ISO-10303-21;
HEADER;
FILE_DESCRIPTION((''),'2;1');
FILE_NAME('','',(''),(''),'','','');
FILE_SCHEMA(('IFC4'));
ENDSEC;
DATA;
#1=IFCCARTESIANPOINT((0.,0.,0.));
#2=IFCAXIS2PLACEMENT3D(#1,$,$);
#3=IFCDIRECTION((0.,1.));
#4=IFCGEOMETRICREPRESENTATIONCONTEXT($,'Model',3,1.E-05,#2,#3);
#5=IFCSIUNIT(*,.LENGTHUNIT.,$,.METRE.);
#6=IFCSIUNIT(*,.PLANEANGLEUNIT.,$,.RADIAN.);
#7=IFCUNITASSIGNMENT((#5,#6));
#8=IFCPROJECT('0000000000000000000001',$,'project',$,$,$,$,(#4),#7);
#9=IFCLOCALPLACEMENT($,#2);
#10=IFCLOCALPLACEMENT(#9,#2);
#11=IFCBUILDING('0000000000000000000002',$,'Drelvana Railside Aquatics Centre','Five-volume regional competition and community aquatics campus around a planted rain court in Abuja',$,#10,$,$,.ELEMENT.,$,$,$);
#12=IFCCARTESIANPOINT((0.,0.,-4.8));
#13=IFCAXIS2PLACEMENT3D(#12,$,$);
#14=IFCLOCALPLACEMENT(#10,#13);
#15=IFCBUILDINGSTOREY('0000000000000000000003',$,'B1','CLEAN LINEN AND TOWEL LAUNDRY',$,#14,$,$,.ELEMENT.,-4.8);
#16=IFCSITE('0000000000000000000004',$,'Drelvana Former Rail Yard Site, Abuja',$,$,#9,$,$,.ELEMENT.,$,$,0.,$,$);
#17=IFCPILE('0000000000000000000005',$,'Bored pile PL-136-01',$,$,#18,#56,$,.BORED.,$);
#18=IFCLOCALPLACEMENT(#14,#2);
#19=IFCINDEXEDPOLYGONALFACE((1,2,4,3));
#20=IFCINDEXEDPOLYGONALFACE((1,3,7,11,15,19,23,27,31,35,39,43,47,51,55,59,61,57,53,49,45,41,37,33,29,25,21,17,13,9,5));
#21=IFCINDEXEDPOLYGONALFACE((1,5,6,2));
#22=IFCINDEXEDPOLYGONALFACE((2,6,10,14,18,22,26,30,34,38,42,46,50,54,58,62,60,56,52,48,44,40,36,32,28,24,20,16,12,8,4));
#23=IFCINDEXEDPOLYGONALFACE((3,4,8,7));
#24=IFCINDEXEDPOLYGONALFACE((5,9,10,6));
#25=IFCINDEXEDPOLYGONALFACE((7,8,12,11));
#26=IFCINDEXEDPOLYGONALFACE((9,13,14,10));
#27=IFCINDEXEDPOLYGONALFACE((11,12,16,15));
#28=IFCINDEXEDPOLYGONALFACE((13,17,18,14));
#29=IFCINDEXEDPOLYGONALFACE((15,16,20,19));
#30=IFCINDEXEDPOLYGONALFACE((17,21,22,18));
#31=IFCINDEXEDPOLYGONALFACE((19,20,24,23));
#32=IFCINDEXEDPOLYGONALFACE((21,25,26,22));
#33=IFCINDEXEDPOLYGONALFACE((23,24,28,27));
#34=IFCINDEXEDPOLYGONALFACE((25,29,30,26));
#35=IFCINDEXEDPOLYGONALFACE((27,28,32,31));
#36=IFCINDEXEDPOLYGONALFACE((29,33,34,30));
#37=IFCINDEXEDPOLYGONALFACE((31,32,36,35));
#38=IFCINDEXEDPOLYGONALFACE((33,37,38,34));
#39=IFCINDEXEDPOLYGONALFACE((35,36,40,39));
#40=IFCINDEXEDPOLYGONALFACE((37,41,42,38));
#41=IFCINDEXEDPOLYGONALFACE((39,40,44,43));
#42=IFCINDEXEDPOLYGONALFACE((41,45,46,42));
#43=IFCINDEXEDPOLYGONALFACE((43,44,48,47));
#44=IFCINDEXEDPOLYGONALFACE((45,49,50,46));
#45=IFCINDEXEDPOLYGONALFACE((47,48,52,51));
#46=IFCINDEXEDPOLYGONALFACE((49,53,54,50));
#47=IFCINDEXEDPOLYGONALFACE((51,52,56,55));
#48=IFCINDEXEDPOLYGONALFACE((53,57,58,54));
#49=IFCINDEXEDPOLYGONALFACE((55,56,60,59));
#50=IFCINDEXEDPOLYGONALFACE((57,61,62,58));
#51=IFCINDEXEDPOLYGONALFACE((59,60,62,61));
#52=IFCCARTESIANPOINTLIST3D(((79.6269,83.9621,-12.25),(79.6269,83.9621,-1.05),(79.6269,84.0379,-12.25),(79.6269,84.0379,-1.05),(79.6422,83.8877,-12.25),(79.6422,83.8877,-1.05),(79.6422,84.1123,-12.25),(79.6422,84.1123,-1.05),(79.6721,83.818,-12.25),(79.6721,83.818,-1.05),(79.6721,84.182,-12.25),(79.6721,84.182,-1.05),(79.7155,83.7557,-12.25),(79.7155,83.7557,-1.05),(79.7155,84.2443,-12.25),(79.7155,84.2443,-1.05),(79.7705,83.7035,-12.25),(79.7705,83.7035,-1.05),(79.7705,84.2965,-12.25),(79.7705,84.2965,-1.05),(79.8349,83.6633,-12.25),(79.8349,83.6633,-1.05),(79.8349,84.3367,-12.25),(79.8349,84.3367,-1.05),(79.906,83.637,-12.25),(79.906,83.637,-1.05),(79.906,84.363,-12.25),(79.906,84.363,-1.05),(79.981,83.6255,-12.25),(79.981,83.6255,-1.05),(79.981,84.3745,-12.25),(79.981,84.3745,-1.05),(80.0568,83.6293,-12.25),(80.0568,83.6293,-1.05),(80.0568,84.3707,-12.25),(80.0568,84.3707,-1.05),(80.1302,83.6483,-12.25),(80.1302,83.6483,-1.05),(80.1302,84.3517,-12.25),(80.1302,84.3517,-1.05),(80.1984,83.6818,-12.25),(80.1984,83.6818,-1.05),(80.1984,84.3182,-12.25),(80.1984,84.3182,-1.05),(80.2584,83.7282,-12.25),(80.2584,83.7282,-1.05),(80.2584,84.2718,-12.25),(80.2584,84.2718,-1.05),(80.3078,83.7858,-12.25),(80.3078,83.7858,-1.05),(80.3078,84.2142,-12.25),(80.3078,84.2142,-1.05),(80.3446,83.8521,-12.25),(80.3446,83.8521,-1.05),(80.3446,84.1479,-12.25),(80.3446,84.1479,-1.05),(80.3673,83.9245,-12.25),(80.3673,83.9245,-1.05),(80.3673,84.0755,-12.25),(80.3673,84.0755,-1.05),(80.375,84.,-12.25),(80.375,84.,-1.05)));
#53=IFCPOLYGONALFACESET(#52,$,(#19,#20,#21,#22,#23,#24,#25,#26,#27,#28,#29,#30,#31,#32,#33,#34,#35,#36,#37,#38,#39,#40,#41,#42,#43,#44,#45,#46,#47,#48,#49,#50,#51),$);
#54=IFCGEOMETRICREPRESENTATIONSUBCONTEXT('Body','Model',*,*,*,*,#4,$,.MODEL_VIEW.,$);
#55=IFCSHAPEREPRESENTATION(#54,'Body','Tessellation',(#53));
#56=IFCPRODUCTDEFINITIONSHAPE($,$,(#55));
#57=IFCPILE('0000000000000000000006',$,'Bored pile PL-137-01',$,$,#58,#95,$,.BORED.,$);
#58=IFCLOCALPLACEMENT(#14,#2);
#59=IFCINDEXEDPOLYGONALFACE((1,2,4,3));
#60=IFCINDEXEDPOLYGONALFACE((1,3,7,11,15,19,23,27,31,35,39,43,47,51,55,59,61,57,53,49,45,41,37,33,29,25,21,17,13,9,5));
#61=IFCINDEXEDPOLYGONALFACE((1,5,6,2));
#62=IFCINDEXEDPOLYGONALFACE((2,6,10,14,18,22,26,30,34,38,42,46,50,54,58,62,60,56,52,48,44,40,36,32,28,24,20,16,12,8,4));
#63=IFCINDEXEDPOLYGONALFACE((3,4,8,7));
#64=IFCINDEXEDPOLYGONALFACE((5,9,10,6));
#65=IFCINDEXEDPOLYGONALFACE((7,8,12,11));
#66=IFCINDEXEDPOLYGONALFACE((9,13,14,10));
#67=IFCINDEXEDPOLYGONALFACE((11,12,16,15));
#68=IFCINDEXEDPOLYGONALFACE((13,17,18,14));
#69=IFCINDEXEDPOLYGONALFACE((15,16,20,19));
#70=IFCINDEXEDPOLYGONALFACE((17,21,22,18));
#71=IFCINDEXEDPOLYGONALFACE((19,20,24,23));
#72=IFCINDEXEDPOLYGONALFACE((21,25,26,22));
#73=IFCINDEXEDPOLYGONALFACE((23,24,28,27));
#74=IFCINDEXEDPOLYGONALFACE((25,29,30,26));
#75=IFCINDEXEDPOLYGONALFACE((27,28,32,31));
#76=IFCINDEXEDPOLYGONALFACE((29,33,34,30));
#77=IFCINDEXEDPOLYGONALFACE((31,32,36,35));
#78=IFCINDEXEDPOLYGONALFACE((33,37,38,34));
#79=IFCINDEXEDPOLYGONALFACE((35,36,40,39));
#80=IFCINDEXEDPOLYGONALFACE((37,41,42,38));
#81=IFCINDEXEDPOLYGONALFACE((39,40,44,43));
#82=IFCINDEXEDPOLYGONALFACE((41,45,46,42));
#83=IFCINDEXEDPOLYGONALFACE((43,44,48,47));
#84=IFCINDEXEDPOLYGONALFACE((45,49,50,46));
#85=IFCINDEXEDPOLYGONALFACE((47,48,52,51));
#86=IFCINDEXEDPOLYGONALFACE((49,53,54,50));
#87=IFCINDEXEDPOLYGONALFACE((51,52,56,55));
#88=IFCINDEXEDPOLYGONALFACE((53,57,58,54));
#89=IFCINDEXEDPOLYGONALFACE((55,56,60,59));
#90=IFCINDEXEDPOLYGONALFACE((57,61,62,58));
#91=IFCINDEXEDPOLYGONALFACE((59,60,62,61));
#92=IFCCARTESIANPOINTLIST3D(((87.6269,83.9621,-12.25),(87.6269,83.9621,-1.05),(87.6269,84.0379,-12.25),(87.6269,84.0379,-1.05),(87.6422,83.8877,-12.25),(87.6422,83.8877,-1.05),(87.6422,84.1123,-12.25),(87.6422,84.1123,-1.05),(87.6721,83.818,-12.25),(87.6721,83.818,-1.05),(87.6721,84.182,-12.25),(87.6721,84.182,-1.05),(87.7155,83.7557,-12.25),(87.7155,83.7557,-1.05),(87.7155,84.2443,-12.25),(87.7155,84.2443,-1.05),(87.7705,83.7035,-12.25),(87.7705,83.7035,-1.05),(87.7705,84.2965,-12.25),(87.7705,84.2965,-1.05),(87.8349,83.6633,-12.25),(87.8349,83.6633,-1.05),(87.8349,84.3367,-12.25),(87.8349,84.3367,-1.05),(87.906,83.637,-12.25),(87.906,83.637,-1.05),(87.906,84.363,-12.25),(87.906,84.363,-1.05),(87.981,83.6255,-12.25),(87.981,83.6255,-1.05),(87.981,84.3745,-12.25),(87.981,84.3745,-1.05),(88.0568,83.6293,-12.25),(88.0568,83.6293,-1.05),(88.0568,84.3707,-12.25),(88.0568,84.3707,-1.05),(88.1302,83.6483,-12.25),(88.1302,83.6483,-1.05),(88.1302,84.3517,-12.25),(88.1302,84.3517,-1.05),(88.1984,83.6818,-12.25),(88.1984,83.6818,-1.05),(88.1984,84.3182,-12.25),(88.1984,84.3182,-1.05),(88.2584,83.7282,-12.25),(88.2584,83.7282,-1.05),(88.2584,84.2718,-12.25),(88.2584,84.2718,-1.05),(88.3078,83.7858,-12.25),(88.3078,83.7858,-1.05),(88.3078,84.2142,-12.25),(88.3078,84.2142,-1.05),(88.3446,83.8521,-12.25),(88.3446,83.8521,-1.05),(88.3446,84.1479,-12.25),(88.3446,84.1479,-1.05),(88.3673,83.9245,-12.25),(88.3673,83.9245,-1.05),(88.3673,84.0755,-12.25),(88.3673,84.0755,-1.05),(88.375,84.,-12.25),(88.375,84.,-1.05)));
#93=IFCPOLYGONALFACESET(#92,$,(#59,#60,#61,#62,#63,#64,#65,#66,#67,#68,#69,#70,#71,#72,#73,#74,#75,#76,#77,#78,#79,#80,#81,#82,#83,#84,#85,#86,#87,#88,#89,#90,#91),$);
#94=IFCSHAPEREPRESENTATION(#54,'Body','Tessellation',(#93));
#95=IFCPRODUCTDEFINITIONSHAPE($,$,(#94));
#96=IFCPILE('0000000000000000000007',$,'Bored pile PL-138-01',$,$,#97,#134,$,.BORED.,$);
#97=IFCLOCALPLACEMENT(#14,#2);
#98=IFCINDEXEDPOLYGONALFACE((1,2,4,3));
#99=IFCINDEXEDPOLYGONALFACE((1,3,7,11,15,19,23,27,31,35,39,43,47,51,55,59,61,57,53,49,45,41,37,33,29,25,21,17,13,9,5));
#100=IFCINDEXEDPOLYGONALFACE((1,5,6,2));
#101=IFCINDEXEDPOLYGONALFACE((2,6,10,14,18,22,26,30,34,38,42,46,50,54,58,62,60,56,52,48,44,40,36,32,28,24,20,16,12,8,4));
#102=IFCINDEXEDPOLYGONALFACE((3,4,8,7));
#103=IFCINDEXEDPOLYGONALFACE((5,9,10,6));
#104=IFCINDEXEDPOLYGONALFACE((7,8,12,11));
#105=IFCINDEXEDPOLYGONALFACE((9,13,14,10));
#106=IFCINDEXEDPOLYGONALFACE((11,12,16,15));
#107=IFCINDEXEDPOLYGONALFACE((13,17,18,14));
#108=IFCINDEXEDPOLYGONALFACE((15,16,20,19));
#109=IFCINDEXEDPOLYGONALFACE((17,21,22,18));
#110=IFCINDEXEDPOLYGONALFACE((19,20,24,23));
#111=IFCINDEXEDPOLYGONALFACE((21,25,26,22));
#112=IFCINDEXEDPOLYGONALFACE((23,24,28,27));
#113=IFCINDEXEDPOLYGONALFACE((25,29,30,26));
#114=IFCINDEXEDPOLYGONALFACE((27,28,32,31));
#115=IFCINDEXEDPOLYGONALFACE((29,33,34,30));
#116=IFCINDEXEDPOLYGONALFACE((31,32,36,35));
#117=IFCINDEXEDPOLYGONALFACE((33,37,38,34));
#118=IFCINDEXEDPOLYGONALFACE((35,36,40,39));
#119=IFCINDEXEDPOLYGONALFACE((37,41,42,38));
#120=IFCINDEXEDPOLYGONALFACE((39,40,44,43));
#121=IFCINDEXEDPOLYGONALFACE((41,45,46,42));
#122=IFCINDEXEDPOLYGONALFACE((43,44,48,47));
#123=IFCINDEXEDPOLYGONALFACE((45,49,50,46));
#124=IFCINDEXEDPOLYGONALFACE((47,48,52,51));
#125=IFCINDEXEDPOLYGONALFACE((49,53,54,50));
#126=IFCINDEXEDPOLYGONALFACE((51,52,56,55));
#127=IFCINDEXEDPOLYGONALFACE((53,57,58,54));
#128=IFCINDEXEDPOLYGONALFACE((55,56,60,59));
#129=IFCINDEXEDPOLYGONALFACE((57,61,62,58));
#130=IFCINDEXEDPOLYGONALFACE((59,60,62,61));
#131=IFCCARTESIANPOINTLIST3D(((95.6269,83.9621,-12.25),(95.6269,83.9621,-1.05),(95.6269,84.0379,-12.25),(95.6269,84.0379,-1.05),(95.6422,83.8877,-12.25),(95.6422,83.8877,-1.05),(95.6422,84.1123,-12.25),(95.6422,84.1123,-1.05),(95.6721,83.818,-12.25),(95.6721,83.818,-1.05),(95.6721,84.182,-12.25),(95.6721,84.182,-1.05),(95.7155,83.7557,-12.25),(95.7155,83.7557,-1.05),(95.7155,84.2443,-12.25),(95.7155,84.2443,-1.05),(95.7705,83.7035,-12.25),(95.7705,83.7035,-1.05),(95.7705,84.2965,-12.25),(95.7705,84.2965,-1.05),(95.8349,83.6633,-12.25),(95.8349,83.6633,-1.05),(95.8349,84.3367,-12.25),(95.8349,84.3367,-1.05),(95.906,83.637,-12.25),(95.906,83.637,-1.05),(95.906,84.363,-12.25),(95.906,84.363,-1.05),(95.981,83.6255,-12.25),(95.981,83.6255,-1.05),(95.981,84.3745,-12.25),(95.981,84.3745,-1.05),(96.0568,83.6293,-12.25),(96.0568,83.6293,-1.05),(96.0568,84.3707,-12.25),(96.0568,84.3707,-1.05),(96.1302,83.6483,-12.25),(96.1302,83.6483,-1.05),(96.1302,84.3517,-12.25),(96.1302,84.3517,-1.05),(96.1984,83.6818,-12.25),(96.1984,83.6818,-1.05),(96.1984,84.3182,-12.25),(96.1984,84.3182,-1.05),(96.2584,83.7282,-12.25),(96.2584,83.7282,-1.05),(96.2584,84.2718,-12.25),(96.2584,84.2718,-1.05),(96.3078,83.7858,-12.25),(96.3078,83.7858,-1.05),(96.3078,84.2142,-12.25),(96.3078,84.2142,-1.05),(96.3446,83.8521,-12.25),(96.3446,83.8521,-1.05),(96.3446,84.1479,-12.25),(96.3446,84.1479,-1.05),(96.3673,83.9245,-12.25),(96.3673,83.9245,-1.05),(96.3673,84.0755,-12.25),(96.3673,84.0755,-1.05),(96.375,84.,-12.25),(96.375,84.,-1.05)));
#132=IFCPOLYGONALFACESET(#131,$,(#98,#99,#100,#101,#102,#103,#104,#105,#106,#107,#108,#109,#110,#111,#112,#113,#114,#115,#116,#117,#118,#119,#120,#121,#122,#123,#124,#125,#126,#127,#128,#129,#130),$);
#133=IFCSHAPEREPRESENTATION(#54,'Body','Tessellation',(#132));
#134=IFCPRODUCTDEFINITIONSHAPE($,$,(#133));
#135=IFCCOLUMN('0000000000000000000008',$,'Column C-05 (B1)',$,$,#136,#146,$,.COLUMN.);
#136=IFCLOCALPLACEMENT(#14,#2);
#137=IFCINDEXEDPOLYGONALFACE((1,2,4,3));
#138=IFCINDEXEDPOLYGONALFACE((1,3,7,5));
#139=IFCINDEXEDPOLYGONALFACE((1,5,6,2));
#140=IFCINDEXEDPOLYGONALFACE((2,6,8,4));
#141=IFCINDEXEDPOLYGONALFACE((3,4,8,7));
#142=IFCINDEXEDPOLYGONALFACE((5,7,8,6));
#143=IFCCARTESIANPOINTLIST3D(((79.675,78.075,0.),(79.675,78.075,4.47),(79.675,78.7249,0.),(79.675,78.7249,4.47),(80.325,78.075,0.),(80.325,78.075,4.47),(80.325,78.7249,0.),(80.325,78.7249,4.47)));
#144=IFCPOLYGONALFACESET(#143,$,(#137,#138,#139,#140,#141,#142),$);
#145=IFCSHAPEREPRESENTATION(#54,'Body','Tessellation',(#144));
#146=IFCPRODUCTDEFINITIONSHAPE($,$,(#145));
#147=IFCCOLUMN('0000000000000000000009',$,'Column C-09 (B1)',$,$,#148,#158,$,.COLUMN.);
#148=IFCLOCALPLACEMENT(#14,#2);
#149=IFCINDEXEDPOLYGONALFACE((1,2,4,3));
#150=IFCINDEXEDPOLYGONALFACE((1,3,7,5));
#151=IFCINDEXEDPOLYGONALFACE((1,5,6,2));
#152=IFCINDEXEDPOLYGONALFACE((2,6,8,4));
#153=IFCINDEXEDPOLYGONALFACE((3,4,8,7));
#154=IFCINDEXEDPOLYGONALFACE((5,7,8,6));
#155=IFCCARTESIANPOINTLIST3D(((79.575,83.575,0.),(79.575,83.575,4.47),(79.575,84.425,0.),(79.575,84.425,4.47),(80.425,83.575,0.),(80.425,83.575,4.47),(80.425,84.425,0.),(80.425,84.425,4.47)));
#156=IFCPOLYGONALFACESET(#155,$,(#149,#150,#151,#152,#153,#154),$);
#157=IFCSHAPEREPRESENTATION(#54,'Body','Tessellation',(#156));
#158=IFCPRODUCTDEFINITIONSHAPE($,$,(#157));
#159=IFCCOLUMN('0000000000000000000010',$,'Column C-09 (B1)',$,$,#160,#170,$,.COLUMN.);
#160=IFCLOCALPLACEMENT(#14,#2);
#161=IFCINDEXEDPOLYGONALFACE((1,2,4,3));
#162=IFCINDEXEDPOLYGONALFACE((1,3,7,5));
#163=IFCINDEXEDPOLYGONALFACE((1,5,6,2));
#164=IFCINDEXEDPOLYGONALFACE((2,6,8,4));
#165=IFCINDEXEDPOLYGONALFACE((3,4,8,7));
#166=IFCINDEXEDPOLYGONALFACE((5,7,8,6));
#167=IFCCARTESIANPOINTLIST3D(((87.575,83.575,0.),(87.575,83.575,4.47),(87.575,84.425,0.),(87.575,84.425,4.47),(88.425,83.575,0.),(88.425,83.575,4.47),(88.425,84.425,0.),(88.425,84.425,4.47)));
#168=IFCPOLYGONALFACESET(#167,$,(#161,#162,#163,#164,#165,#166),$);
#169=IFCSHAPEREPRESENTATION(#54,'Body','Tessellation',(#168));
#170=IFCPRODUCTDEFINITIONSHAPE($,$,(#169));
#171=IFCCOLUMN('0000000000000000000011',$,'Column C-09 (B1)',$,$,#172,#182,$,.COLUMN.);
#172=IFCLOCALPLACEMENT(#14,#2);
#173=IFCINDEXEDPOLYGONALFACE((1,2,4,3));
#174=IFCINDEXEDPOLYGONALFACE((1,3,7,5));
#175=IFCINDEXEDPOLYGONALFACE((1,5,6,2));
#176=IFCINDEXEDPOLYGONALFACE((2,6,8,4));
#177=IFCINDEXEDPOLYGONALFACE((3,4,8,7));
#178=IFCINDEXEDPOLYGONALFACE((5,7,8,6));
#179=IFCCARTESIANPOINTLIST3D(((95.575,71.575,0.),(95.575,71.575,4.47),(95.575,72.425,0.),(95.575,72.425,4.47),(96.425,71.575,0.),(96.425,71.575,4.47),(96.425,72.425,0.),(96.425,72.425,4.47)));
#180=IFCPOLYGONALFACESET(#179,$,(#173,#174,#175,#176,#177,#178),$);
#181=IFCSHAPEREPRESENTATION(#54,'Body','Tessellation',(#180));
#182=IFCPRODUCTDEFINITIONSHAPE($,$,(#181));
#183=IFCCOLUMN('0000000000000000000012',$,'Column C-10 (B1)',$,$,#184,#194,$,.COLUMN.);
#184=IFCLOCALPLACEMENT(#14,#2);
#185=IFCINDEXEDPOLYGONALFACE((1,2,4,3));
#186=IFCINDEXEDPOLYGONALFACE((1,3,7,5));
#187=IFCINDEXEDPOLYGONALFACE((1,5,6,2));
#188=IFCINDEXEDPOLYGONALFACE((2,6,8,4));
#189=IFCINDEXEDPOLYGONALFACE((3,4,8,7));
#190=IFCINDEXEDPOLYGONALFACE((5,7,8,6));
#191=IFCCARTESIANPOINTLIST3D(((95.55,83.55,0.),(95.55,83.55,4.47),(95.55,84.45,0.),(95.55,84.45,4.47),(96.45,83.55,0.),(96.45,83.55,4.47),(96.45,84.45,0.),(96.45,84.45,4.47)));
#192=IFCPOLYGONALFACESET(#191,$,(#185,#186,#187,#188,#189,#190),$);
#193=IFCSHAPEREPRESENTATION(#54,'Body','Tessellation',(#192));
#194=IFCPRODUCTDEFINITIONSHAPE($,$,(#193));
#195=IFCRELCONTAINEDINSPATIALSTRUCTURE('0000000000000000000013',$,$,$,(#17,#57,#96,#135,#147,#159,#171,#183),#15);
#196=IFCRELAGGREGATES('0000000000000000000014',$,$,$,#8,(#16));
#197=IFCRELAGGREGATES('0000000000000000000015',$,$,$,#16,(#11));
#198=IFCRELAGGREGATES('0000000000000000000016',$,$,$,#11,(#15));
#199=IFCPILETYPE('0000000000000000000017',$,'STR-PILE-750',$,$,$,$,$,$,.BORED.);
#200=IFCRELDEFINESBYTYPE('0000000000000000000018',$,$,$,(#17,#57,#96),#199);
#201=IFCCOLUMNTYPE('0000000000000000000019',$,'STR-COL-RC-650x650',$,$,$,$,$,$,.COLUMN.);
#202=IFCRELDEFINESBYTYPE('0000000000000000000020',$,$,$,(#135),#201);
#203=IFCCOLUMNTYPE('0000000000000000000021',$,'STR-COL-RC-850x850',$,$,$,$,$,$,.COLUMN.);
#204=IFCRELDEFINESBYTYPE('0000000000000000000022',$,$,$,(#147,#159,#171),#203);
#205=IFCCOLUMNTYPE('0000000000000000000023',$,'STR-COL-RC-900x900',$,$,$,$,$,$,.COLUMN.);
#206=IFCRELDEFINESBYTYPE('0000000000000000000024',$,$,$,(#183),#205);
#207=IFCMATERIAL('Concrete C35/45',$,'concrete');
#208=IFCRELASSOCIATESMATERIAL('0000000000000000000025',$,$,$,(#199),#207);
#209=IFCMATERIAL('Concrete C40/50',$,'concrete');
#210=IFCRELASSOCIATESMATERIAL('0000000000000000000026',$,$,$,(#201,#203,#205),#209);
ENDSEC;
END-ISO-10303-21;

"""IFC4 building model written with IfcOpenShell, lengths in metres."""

from ifc_helpers import new_model, si_unit, direction, frame, origin, origin_2d, place, context, subcontext, project, spatial, rectangle, circle, extrude, material, material_profile, profile_set, type_object, element, save


model = new_model("IFC4")

# Units and contexts
model_context = context("Model", 3, precision=1e-05, world=origin(), true_north=direction((0.0, 1.0)))
body_context = subcontext(model_context, "Body", "Model", "MODEL_VIEW")
ifc_project = project(units=[si_unit("LENGTHUNIT", "METRE"), si_unit("PLANEANGLEUNIT", "RADIAN")], contexts=[model_context])

# Site, building, storey
site_placement = place(None, origin())
site = spatial("IfcSite", under=ifc_project, at=site_placement, Name="Drelvana Former Rail Yard Site, Abuja", CompositionType="ELEMENT", RefElevation=0.0)
building_placement = place(site_placement, origin())
building = spatial("IfcBuilding", under=site, at=building_placement, Name="Drelvana Railside Aquatics Centre", Description="Five-volume regional competition and community aquatics campus around a planted rain court in Abuja", CompositionType="ELEMENT")
storey_placement = place(building_placement, frame((0.0, 0.0, -4.8)))
storey = spatial("IfcBuildingStorey", under=building, at=storey_placement, Name="B1", Description="CLEAN LINEN AND TOWEL LAUNDRY", CompositionType="ELEMENT", Elevation=-4.8)

# Shared definitions
ifc_material_1 = material(Name="Concrete C35/45", Category="concrete")

# Piles
ifc_material_profile_1 = material_profile(ifc_material_1, circle(Radius=0.375, at=origin_2d()), Name="PILE D750")
ifc_profile_set_1 = profile_set([ifc_material_profile_1], Name="Concrete C35/45")
pile_type = type_object("IfcPileType", Name="STR-PILE-750", PredefinedType="BORED", material=ifc_profile_set_1)
for number, where, z_axis, x_axis, name in (
    (1, (80.0, 84.0, -1.05), (0.0, 0.0, -1.0), (1.0, 0.0, 0.0), "Bored pile PL-136-01"),
    (2, (88.0, 84.0, -1.05), (0.0, 0.0, -1.0), (1.0, 0.0, 0.0), "Bored pile PL-137-01"),
    (3, (96.0, 84.0, -1.05), (0.0, 0.0, -1.0), (1.0, 0.0, 0.0), "Bored pile PL-138-01"),
):
    element("IfcPile", number, at=place(storey_placement, frame(where, z_axis=z_axis, x_axis=x_axis)), inside=storey, type_object=pile_type, Name=name, PredefinedType="BORED", context=body_context, shape_type="SweptSolid", body=[
        extrude(circle(Radius=0.375, at=origin_2d()), origin(), (0.0, 0.0, 1.0), 11.2),
    ])

# Columns
ifc_material_2 = material(Name="Concrete C40/50", Category="concrete")
ifc_material_profile_2 = material_profile(ifc_material_2, rectangle(XDim=0.6499, YDim=0.6499, at=origin_2d()), Name="RC 650x650")
ifc_profile_set_2 = profile_set([ifc_material_profile_2], Name="Concrete C40/50")
column_type_1 = type_object("IfcColumnType", Name="STR-COL-RC-650x650", PredefinedType="COLUMN", material=ifc_profile_set_2)
column_1_placement = place(storey_placement, frame((80.0, 78.3999, 0.0), z_axis=(0.0, 0.0, 1.0), x_axis=(1.0, 0.0, 0.0)))
element("IfcColumn", 4, at=column_1_placement, inside=storey, type_object=column_type_1, Name="Column C-05 (B1)", PredefinedType="COLUMN", context=body_context, shape_type="SweptSolid", body=[
    extrude(rectangle(XDim=0.6499, YDim=0.6499, at=origin_2d()), origin(), (0.0, 0.0, 1.0), 4.47),
])
ifc_material_profile_3 = material_profile(ifc_material_2, rectangle(XDim=0.8501, YDim=0.8501, at=origin_2d()), Name="RC 850x850")
ifc_profile_set_3 = profile_set([ifc_material_profile_3], Name="Concrete C40/50")
column_type_2 = type_object("IfcColumnType", Name="STR-COL-RC-850x850", PredefinedType="COLUMN", material=ifc_profile_set_3)
for number, where, z_axis, x_axis, name in (
    (5, (80.0, 84.0, 0.0), (0.0, 0.0, 1.0), (1.0, 0.0, 0.0), "Column C-09 (B1)"),
    (6, (88.0, 84.0, 0.0), (0.0, 0.0, 1.0), (1.0, 0.0, 0.0), "Column C-09 (B1)"),
    (7, (96.0, 72.0, 0.0), (0.0, 0.0, 1.0), (1.0, 0.0, 0.0), "Column C-09 (B1)"),
):
    element("IfcColumn", number, at=place(storey_placement, frame(where, z_axis=z_axis, x_axis=x_axis)), inside=storey, type_object=column_type_2, Name=name, PredefinedType="COLUMN", context=body_context, shape_type="SweptSolid", body=[
        extrude(rectangle(XDim=0.8501, YDim=0.8501, at=origin_2d()), origin(), (0.0, 0.0, 1.0), 4.47),
    ])
ifc_material_profile_4 = material_profile(ifc_material_2, rectangle(XDim=0.8999, YDim=0.8999, at=origin_2d()), Name="RC 900x900")
ifc_profile_set_4 = profile_set([ifc_material_profile_4], Name="Concrete C40/50")
column_type_3 = type_object("IfcColumnType", Name="STR-COL-RC-900x900", PredefinedType="COLUMN", material=ifc_profile_set_4)
column_2_placement = place(storey_placement, frame((96.0, 84.0, 0.0), z_axis=(0.0, 0.0, 1.0), x_axis=(1.0, 0.0, 0.0)))
element("IfcColumn", 8, at=column_2_placement, inside=storey, type_object=column_type_3, Name="Column C-10 (B1)", PredefinedType="COLUMN", context=body_context, shape_type="SweptSolid", body=[
    extrude(rectangle(XDim=0.8999, YDim=0.8999, at=origin_2d()), origin(), (0.0, 0.0, 1.0), 4.47),
])

save(model, "model.ifc")
